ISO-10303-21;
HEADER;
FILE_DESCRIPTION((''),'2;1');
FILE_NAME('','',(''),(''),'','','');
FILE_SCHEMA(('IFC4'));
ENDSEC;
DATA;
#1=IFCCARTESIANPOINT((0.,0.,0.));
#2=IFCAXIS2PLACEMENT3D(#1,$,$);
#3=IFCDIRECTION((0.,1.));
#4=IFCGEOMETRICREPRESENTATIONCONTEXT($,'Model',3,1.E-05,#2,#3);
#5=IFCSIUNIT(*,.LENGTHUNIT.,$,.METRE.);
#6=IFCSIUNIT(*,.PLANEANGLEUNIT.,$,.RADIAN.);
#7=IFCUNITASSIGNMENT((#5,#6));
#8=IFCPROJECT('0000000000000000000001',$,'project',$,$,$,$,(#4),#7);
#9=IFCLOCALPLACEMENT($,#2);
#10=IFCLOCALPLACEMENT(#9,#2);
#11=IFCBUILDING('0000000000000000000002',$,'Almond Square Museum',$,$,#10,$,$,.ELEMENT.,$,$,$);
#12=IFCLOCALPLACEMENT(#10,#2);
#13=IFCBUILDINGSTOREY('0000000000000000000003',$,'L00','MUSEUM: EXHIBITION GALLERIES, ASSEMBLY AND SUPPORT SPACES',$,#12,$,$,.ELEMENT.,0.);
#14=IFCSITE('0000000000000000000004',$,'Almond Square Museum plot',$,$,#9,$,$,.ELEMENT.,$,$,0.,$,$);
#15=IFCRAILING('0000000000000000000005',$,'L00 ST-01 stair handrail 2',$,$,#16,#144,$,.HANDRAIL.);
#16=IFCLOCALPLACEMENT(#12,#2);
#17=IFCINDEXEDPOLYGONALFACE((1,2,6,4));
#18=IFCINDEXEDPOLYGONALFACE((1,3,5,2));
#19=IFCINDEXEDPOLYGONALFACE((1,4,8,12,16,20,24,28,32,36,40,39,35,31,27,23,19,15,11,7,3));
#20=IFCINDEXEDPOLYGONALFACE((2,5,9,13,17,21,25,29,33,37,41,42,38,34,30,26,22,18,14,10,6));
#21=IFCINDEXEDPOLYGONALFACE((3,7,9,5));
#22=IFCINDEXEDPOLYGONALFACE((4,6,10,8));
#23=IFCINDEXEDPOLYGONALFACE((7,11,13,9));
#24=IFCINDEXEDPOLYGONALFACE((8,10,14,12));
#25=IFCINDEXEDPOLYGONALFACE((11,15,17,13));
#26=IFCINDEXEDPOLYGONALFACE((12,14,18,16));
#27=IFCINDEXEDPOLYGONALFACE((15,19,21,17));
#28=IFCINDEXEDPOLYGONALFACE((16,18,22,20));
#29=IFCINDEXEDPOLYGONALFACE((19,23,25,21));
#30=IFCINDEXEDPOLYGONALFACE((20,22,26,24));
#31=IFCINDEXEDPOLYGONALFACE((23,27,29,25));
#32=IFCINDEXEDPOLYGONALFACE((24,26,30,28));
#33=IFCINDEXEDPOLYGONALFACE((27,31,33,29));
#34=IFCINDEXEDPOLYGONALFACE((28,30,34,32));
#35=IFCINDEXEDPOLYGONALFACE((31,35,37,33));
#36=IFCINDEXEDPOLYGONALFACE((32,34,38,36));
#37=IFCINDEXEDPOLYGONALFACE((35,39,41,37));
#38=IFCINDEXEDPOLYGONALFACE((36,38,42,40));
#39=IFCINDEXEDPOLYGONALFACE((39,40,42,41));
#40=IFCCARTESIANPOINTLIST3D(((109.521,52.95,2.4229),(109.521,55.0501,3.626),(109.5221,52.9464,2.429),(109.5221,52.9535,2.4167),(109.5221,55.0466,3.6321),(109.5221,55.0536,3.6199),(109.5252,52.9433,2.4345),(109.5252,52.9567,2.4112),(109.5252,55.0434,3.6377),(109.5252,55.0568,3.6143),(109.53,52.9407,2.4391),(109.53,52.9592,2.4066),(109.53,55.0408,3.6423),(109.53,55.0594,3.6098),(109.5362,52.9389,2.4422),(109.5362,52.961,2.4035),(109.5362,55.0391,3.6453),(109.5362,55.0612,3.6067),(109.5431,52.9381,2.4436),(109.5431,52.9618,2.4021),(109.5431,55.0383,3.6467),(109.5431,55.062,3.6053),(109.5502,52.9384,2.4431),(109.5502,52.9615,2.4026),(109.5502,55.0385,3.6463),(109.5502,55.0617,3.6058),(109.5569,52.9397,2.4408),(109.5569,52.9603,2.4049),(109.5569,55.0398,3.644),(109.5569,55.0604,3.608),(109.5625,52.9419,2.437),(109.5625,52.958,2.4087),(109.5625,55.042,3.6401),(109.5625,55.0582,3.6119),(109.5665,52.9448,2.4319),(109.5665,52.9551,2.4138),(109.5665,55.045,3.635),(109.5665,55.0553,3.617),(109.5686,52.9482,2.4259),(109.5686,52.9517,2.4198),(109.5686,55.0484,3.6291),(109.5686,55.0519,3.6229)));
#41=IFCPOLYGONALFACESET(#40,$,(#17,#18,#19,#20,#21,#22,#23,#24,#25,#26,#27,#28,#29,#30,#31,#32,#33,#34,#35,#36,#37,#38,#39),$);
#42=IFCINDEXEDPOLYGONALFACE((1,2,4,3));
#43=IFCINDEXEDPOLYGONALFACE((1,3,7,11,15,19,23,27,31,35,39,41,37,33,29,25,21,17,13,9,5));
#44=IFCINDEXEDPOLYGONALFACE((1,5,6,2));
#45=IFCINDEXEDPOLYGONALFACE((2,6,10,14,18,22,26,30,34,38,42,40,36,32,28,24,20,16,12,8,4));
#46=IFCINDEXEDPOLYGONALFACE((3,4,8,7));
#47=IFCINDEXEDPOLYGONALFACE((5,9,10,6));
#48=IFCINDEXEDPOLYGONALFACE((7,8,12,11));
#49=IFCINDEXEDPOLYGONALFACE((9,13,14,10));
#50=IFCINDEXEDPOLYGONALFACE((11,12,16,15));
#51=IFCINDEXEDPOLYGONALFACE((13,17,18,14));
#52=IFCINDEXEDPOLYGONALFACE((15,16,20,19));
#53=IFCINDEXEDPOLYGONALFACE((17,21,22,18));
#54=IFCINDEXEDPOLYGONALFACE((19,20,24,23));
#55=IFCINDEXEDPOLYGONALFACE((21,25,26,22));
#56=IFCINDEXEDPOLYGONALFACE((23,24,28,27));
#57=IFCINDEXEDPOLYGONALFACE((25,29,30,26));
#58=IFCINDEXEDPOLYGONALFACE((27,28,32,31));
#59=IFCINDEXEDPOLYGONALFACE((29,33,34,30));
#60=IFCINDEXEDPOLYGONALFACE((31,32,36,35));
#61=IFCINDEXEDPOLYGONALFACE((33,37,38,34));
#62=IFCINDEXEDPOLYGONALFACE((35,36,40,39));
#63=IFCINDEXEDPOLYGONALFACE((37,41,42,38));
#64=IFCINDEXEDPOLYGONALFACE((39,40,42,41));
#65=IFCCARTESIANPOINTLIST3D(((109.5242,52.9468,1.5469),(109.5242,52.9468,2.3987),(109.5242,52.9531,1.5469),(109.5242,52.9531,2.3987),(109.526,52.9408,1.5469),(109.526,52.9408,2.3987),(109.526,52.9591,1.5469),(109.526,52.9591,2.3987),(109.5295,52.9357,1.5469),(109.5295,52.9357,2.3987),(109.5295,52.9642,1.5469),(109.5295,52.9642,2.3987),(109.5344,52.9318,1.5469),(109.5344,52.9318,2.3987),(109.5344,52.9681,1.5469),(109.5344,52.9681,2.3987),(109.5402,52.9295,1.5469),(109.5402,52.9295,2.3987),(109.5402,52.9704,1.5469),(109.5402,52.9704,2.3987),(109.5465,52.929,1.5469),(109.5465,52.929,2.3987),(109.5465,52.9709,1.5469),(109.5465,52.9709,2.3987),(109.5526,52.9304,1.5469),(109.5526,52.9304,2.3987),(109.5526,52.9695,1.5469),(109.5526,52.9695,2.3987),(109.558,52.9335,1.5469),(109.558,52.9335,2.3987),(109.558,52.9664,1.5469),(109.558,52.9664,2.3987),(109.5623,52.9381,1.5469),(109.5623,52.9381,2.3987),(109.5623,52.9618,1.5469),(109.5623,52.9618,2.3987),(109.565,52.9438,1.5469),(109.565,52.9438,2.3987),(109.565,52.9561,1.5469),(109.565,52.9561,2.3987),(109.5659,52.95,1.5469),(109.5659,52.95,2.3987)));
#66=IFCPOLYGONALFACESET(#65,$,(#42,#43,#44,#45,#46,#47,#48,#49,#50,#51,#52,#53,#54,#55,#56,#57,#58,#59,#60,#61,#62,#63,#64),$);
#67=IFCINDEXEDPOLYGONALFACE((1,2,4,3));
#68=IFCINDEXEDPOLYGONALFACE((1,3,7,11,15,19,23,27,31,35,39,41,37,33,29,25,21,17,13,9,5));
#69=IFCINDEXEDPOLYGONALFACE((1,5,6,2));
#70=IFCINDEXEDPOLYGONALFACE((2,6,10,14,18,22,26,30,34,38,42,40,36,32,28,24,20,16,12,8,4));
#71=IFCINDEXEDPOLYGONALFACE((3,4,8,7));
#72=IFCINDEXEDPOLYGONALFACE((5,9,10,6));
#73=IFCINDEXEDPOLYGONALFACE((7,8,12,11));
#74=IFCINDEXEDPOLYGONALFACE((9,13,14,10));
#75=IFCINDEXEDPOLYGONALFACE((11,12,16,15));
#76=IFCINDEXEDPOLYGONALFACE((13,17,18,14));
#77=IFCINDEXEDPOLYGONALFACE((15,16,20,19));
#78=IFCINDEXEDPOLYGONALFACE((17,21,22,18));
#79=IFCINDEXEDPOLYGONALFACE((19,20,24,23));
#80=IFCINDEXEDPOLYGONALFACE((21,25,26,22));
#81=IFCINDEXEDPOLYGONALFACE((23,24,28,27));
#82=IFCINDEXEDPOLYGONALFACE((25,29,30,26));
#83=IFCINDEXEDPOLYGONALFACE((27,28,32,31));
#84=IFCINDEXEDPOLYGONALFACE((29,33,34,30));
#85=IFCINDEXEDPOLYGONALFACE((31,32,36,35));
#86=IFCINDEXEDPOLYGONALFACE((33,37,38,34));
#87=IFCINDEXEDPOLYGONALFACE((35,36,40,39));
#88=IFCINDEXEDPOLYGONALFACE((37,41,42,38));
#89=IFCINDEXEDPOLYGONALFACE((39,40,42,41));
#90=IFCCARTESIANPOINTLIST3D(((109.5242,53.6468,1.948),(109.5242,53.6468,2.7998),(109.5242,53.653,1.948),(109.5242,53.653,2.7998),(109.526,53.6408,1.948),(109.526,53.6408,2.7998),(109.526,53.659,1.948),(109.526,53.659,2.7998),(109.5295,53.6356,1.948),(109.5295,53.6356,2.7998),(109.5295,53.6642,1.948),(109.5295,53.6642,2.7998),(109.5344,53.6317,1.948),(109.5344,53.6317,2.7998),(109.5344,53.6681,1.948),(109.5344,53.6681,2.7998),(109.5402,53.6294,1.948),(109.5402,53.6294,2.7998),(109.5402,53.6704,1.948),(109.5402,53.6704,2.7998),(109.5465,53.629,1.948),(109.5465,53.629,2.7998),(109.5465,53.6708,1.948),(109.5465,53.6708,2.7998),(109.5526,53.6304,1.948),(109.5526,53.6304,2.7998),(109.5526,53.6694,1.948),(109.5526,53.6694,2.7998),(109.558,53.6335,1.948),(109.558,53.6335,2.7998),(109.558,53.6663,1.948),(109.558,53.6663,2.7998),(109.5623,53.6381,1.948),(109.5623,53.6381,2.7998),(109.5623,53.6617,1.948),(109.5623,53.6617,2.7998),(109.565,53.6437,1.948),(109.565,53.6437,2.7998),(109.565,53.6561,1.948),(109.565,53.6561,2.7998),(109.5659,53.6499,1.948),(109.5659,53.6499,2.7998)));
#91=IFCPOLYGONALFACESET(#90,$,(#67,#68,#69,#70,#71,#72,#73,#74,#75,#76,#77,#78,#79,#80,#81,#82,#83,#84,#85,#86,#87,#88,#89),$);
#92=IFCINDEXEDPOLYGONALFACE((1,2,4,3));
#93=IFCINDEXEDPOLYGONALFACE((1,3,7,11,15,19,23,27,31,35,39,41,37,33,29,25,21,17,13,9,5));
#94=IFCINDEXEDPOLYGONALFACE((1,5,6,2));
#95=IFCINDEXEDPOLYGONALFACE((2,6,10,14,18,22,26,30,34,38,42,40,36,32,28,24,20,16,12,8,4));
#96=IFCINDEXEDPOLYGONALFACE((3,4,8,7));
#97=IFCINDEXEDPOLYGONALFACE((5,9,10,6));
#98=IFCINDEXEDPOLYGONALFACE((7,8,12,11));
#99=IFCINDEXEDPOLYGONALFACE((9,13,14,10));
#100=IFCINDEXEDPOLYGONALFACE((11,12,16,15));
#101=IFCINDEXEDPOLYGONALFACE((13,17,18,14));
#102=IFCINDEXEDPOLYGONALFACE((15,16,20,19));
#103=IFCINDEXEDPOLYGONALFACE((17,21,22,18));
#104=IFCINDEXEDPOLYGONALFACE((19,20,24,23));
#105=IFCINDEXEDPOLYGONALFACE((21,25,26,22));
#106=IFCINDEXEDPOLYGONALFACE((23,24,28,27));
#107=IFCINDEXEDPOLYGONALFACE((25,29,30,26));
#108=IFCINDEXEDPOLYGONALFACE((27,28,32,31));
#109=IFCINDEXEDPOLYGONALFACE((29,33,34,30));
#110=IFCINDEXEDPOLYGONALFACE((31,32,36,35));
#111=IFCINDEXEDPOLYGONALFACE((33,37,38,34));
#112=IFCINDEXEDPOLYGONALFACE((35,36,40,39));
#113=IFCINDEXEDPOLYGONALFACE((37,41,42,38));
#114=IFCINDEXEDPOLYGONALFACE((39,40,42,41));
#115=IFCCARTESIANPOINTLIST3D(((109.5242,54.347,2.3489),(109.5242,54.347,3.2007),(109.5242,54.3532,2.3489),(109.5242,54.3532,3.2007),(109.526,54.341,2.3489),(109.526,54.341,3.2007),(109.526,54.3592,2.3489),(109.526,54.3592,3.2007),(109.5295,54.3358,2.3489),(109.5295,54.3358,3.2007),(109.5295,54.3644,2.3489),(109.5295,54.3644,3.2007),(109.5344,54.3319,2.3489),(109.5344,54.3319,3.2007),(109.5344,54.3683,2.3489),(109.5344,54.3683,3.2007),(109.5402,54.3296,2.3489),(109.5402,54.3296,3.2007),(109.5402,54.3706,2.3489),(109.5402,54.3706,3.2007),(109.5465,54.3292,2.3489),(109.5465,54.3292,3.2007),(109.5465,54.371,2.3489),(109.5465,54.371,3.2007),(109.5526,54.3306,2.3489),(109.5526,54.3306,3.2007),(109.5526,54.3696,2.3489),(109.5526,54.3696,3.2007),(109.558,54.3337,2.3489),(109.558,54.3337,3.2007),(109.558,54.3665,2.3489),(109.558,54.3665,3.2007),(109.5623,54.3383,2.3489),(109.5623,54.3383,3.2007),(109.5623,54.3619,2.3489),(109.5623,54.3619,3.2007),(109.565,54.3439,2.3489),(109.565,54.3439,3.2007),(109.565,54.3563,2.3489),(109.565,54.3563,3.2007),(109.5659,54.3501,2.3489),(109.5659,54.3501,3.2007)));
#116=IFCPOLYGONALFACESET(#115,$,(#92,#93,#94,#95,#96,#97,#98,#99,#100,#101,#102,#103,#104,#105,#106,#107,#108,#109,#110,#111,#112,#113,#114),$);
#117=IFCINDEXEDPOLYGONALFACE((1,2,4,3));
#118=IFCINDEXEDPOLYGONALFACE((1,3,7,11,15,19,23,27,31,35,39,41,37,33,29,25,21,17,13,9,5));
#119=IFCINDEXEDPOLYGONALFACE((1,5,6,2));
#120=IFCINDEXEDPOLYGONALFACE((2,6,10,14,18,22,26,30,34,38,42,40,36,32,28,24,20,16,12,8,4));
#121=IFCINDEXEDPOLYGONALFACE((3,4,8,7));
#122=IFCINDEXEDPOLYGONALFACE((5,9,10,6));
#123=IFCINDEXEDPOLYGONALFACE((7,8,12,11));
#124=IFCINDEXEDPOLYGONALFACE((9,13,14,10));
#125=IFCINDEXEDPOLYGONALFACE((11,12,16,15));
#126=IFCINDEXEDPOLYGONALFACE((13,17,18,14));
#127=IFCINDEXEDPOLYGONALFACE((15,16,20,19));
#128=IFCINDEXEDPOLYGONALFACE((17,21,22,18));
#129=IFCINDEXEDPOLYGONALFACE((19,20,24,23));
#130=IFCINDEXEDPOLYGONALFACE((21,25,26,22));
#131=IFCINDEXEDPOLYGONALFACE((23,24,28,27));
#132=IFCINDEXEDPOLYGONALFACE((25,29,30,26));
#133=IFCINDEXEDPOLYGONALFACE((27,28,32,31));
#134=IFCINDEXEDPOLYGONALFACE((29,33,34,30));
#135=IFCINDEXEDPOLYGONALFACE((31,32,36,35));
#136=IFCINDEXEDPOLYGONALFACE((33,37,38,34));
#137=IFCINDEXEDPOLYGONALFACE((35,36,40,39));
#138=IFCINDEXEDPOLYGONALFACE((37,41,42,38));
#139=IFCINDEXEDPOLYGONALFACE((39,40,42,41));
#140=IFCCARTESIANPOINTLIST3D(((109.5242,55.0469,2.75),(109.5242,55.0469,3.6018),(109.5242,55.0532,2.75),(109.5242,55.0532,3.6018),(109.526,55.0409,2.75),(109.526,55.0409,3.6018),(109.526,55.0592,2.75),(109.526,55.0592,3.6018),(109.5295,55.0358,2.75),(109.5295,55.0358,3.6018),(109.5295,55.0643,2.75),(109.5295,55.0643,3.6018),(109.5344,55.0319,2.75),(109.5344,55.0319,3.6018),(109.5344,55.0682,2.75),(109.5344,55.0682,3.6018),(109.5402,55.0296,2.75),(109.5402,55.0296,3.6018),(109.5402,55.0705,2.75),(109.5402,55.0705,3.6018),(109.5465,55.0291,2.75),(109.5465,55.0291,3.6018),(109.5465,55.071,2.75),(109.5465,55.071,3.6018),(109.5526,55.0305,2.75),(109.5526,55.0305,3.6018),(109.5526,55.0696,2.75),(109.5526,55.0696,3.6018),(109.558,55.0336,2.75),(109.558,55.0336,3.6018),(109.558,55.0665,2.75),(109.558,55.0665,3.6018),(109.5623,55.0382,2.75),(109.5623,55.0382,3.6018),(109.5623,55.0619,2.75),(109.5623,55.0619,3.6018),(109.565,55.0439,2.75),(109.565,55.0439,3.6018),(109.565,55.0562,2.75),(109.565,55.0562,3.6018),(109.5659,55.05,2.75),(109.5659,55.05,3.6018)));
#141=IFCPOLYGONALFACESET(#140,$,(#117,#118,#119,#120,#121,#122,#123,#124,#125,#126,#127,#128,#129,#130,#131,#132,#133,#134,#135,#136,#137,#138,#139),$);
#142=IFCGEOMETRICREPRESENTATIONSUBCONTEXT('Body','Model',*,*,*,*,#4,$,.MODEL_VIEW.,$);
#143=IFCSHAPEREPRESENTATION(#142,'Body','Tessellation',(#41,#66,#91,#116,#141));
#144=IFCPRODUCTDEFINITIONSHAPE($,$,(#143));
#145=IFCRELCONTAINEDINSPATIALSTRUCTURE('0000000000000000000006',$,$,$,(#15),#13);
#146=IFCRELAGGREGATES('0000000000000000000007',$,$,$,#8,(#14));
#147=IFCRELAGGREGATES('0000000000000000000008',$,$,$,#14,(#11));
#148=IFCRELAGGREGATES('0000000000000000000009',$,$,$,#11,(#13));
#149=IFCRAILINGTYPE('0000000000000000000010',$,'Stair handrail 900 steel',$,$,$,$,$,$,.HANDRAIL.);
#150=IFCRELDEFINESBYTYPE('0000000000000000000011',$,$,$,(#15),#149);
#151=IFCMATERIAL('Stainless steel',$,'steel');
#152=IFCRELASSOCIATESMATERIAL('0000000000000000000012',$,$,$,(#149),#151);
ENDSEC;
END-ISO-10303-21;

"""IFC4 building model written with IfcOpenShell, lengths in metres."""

from ifc_helpers import new_model, si_unit, direction, frame, origin, origin_2d, place, context, subcontext, project, spatial, circle, extrude, material, type_object, element, save


model = new_model("IFC4")

# Units and contexts
model_context = context("Model", 3, precision=1e-05, world=origin(), true_north=direction((0.0, 1.0)))
body_context = subcontext(model_context, "Body", "Model", "MODEL_VIEW")
ifc_project = project(units=[si_unit("LENGTHUNIT", "METRE"), si_unit("PLANEANGLEUNIT", "RADIAN")], contexts=[model_context])

# Site, building, storey
site_placement = place(None, origin())
site = spatial("IfcSite", under=ifc_project, at=site_placement, Name="Almond Square Museum plot", CompositionType="ELEMENT", RefElevation=0.0)
building_placement = place(site_placement, origin())
building = spatial("IfcBuilding", under=site, at=building_placement, Name="Almond Square Museum", CompositionType="ELEMENT")
storey_placement = place(building_placement, origin())
storey = spatial("IfcBuildingStorey", under=building, at=storey_placement, Name="L00", Description="MUSEUM: EXHIBITION GALLERIES, ASSEMBLY AND SUPPORT SPACES", CompositionType="ELEMENT", Elevation=0.0)

# Railing
ifc_material_1 = material(Name="Stainless steel", Category="steel")
railing_type_1 = type_object("IfcRailingType", Name="Stair handrail 900 steel", PredefinedType="HANDRAIL", material=ifc_material_1)
railing_1_placement = place(storey_placement, frame((109.5449, 52.95, 1.5469)))
element("IfcRailing", 1, at=railing_1_placement, inside=storey, type_object=railing_type_1, Name="L00 ST-01 stair handrail 2", PredefinedType="HANDRAIL", context=body_context, shape_type="SweptSolid", body=[
    extrude(circle(Radius=0.0239, at=origin_2d()), frame((0.0, 0.0, 0.876), z_axis=(0.0, 0.867696, 0.497095), x_axis=(-1.0, 0.0, 0.0)), (0.0, 0.0, 1.0), 2.4204),
    extrude(circle(Radius=0.021, at=origin_2d()), origin(), (0.0, 0.0, 1.0), 0.8518),
    extrude(circle(Radius=0.021, at=origin_2d()), frame((0.0, 0.7, 0.4011)), (0.0, 0.0, 1.0), 0.8518),
    extrude(circle(Radius=0.021, at=origin_2d()), frame((0.0, 1.4001, 0.802)), (0.0, 0.0, 1.0), 0.8518),
    extrude(circle(Radius=0.021, at=origin_2d()), frame((0.0, 2.1001, 1.2031)), (0.0, 0.0, 1.0), 0.8518),
])

save(model, "model.ifc")
